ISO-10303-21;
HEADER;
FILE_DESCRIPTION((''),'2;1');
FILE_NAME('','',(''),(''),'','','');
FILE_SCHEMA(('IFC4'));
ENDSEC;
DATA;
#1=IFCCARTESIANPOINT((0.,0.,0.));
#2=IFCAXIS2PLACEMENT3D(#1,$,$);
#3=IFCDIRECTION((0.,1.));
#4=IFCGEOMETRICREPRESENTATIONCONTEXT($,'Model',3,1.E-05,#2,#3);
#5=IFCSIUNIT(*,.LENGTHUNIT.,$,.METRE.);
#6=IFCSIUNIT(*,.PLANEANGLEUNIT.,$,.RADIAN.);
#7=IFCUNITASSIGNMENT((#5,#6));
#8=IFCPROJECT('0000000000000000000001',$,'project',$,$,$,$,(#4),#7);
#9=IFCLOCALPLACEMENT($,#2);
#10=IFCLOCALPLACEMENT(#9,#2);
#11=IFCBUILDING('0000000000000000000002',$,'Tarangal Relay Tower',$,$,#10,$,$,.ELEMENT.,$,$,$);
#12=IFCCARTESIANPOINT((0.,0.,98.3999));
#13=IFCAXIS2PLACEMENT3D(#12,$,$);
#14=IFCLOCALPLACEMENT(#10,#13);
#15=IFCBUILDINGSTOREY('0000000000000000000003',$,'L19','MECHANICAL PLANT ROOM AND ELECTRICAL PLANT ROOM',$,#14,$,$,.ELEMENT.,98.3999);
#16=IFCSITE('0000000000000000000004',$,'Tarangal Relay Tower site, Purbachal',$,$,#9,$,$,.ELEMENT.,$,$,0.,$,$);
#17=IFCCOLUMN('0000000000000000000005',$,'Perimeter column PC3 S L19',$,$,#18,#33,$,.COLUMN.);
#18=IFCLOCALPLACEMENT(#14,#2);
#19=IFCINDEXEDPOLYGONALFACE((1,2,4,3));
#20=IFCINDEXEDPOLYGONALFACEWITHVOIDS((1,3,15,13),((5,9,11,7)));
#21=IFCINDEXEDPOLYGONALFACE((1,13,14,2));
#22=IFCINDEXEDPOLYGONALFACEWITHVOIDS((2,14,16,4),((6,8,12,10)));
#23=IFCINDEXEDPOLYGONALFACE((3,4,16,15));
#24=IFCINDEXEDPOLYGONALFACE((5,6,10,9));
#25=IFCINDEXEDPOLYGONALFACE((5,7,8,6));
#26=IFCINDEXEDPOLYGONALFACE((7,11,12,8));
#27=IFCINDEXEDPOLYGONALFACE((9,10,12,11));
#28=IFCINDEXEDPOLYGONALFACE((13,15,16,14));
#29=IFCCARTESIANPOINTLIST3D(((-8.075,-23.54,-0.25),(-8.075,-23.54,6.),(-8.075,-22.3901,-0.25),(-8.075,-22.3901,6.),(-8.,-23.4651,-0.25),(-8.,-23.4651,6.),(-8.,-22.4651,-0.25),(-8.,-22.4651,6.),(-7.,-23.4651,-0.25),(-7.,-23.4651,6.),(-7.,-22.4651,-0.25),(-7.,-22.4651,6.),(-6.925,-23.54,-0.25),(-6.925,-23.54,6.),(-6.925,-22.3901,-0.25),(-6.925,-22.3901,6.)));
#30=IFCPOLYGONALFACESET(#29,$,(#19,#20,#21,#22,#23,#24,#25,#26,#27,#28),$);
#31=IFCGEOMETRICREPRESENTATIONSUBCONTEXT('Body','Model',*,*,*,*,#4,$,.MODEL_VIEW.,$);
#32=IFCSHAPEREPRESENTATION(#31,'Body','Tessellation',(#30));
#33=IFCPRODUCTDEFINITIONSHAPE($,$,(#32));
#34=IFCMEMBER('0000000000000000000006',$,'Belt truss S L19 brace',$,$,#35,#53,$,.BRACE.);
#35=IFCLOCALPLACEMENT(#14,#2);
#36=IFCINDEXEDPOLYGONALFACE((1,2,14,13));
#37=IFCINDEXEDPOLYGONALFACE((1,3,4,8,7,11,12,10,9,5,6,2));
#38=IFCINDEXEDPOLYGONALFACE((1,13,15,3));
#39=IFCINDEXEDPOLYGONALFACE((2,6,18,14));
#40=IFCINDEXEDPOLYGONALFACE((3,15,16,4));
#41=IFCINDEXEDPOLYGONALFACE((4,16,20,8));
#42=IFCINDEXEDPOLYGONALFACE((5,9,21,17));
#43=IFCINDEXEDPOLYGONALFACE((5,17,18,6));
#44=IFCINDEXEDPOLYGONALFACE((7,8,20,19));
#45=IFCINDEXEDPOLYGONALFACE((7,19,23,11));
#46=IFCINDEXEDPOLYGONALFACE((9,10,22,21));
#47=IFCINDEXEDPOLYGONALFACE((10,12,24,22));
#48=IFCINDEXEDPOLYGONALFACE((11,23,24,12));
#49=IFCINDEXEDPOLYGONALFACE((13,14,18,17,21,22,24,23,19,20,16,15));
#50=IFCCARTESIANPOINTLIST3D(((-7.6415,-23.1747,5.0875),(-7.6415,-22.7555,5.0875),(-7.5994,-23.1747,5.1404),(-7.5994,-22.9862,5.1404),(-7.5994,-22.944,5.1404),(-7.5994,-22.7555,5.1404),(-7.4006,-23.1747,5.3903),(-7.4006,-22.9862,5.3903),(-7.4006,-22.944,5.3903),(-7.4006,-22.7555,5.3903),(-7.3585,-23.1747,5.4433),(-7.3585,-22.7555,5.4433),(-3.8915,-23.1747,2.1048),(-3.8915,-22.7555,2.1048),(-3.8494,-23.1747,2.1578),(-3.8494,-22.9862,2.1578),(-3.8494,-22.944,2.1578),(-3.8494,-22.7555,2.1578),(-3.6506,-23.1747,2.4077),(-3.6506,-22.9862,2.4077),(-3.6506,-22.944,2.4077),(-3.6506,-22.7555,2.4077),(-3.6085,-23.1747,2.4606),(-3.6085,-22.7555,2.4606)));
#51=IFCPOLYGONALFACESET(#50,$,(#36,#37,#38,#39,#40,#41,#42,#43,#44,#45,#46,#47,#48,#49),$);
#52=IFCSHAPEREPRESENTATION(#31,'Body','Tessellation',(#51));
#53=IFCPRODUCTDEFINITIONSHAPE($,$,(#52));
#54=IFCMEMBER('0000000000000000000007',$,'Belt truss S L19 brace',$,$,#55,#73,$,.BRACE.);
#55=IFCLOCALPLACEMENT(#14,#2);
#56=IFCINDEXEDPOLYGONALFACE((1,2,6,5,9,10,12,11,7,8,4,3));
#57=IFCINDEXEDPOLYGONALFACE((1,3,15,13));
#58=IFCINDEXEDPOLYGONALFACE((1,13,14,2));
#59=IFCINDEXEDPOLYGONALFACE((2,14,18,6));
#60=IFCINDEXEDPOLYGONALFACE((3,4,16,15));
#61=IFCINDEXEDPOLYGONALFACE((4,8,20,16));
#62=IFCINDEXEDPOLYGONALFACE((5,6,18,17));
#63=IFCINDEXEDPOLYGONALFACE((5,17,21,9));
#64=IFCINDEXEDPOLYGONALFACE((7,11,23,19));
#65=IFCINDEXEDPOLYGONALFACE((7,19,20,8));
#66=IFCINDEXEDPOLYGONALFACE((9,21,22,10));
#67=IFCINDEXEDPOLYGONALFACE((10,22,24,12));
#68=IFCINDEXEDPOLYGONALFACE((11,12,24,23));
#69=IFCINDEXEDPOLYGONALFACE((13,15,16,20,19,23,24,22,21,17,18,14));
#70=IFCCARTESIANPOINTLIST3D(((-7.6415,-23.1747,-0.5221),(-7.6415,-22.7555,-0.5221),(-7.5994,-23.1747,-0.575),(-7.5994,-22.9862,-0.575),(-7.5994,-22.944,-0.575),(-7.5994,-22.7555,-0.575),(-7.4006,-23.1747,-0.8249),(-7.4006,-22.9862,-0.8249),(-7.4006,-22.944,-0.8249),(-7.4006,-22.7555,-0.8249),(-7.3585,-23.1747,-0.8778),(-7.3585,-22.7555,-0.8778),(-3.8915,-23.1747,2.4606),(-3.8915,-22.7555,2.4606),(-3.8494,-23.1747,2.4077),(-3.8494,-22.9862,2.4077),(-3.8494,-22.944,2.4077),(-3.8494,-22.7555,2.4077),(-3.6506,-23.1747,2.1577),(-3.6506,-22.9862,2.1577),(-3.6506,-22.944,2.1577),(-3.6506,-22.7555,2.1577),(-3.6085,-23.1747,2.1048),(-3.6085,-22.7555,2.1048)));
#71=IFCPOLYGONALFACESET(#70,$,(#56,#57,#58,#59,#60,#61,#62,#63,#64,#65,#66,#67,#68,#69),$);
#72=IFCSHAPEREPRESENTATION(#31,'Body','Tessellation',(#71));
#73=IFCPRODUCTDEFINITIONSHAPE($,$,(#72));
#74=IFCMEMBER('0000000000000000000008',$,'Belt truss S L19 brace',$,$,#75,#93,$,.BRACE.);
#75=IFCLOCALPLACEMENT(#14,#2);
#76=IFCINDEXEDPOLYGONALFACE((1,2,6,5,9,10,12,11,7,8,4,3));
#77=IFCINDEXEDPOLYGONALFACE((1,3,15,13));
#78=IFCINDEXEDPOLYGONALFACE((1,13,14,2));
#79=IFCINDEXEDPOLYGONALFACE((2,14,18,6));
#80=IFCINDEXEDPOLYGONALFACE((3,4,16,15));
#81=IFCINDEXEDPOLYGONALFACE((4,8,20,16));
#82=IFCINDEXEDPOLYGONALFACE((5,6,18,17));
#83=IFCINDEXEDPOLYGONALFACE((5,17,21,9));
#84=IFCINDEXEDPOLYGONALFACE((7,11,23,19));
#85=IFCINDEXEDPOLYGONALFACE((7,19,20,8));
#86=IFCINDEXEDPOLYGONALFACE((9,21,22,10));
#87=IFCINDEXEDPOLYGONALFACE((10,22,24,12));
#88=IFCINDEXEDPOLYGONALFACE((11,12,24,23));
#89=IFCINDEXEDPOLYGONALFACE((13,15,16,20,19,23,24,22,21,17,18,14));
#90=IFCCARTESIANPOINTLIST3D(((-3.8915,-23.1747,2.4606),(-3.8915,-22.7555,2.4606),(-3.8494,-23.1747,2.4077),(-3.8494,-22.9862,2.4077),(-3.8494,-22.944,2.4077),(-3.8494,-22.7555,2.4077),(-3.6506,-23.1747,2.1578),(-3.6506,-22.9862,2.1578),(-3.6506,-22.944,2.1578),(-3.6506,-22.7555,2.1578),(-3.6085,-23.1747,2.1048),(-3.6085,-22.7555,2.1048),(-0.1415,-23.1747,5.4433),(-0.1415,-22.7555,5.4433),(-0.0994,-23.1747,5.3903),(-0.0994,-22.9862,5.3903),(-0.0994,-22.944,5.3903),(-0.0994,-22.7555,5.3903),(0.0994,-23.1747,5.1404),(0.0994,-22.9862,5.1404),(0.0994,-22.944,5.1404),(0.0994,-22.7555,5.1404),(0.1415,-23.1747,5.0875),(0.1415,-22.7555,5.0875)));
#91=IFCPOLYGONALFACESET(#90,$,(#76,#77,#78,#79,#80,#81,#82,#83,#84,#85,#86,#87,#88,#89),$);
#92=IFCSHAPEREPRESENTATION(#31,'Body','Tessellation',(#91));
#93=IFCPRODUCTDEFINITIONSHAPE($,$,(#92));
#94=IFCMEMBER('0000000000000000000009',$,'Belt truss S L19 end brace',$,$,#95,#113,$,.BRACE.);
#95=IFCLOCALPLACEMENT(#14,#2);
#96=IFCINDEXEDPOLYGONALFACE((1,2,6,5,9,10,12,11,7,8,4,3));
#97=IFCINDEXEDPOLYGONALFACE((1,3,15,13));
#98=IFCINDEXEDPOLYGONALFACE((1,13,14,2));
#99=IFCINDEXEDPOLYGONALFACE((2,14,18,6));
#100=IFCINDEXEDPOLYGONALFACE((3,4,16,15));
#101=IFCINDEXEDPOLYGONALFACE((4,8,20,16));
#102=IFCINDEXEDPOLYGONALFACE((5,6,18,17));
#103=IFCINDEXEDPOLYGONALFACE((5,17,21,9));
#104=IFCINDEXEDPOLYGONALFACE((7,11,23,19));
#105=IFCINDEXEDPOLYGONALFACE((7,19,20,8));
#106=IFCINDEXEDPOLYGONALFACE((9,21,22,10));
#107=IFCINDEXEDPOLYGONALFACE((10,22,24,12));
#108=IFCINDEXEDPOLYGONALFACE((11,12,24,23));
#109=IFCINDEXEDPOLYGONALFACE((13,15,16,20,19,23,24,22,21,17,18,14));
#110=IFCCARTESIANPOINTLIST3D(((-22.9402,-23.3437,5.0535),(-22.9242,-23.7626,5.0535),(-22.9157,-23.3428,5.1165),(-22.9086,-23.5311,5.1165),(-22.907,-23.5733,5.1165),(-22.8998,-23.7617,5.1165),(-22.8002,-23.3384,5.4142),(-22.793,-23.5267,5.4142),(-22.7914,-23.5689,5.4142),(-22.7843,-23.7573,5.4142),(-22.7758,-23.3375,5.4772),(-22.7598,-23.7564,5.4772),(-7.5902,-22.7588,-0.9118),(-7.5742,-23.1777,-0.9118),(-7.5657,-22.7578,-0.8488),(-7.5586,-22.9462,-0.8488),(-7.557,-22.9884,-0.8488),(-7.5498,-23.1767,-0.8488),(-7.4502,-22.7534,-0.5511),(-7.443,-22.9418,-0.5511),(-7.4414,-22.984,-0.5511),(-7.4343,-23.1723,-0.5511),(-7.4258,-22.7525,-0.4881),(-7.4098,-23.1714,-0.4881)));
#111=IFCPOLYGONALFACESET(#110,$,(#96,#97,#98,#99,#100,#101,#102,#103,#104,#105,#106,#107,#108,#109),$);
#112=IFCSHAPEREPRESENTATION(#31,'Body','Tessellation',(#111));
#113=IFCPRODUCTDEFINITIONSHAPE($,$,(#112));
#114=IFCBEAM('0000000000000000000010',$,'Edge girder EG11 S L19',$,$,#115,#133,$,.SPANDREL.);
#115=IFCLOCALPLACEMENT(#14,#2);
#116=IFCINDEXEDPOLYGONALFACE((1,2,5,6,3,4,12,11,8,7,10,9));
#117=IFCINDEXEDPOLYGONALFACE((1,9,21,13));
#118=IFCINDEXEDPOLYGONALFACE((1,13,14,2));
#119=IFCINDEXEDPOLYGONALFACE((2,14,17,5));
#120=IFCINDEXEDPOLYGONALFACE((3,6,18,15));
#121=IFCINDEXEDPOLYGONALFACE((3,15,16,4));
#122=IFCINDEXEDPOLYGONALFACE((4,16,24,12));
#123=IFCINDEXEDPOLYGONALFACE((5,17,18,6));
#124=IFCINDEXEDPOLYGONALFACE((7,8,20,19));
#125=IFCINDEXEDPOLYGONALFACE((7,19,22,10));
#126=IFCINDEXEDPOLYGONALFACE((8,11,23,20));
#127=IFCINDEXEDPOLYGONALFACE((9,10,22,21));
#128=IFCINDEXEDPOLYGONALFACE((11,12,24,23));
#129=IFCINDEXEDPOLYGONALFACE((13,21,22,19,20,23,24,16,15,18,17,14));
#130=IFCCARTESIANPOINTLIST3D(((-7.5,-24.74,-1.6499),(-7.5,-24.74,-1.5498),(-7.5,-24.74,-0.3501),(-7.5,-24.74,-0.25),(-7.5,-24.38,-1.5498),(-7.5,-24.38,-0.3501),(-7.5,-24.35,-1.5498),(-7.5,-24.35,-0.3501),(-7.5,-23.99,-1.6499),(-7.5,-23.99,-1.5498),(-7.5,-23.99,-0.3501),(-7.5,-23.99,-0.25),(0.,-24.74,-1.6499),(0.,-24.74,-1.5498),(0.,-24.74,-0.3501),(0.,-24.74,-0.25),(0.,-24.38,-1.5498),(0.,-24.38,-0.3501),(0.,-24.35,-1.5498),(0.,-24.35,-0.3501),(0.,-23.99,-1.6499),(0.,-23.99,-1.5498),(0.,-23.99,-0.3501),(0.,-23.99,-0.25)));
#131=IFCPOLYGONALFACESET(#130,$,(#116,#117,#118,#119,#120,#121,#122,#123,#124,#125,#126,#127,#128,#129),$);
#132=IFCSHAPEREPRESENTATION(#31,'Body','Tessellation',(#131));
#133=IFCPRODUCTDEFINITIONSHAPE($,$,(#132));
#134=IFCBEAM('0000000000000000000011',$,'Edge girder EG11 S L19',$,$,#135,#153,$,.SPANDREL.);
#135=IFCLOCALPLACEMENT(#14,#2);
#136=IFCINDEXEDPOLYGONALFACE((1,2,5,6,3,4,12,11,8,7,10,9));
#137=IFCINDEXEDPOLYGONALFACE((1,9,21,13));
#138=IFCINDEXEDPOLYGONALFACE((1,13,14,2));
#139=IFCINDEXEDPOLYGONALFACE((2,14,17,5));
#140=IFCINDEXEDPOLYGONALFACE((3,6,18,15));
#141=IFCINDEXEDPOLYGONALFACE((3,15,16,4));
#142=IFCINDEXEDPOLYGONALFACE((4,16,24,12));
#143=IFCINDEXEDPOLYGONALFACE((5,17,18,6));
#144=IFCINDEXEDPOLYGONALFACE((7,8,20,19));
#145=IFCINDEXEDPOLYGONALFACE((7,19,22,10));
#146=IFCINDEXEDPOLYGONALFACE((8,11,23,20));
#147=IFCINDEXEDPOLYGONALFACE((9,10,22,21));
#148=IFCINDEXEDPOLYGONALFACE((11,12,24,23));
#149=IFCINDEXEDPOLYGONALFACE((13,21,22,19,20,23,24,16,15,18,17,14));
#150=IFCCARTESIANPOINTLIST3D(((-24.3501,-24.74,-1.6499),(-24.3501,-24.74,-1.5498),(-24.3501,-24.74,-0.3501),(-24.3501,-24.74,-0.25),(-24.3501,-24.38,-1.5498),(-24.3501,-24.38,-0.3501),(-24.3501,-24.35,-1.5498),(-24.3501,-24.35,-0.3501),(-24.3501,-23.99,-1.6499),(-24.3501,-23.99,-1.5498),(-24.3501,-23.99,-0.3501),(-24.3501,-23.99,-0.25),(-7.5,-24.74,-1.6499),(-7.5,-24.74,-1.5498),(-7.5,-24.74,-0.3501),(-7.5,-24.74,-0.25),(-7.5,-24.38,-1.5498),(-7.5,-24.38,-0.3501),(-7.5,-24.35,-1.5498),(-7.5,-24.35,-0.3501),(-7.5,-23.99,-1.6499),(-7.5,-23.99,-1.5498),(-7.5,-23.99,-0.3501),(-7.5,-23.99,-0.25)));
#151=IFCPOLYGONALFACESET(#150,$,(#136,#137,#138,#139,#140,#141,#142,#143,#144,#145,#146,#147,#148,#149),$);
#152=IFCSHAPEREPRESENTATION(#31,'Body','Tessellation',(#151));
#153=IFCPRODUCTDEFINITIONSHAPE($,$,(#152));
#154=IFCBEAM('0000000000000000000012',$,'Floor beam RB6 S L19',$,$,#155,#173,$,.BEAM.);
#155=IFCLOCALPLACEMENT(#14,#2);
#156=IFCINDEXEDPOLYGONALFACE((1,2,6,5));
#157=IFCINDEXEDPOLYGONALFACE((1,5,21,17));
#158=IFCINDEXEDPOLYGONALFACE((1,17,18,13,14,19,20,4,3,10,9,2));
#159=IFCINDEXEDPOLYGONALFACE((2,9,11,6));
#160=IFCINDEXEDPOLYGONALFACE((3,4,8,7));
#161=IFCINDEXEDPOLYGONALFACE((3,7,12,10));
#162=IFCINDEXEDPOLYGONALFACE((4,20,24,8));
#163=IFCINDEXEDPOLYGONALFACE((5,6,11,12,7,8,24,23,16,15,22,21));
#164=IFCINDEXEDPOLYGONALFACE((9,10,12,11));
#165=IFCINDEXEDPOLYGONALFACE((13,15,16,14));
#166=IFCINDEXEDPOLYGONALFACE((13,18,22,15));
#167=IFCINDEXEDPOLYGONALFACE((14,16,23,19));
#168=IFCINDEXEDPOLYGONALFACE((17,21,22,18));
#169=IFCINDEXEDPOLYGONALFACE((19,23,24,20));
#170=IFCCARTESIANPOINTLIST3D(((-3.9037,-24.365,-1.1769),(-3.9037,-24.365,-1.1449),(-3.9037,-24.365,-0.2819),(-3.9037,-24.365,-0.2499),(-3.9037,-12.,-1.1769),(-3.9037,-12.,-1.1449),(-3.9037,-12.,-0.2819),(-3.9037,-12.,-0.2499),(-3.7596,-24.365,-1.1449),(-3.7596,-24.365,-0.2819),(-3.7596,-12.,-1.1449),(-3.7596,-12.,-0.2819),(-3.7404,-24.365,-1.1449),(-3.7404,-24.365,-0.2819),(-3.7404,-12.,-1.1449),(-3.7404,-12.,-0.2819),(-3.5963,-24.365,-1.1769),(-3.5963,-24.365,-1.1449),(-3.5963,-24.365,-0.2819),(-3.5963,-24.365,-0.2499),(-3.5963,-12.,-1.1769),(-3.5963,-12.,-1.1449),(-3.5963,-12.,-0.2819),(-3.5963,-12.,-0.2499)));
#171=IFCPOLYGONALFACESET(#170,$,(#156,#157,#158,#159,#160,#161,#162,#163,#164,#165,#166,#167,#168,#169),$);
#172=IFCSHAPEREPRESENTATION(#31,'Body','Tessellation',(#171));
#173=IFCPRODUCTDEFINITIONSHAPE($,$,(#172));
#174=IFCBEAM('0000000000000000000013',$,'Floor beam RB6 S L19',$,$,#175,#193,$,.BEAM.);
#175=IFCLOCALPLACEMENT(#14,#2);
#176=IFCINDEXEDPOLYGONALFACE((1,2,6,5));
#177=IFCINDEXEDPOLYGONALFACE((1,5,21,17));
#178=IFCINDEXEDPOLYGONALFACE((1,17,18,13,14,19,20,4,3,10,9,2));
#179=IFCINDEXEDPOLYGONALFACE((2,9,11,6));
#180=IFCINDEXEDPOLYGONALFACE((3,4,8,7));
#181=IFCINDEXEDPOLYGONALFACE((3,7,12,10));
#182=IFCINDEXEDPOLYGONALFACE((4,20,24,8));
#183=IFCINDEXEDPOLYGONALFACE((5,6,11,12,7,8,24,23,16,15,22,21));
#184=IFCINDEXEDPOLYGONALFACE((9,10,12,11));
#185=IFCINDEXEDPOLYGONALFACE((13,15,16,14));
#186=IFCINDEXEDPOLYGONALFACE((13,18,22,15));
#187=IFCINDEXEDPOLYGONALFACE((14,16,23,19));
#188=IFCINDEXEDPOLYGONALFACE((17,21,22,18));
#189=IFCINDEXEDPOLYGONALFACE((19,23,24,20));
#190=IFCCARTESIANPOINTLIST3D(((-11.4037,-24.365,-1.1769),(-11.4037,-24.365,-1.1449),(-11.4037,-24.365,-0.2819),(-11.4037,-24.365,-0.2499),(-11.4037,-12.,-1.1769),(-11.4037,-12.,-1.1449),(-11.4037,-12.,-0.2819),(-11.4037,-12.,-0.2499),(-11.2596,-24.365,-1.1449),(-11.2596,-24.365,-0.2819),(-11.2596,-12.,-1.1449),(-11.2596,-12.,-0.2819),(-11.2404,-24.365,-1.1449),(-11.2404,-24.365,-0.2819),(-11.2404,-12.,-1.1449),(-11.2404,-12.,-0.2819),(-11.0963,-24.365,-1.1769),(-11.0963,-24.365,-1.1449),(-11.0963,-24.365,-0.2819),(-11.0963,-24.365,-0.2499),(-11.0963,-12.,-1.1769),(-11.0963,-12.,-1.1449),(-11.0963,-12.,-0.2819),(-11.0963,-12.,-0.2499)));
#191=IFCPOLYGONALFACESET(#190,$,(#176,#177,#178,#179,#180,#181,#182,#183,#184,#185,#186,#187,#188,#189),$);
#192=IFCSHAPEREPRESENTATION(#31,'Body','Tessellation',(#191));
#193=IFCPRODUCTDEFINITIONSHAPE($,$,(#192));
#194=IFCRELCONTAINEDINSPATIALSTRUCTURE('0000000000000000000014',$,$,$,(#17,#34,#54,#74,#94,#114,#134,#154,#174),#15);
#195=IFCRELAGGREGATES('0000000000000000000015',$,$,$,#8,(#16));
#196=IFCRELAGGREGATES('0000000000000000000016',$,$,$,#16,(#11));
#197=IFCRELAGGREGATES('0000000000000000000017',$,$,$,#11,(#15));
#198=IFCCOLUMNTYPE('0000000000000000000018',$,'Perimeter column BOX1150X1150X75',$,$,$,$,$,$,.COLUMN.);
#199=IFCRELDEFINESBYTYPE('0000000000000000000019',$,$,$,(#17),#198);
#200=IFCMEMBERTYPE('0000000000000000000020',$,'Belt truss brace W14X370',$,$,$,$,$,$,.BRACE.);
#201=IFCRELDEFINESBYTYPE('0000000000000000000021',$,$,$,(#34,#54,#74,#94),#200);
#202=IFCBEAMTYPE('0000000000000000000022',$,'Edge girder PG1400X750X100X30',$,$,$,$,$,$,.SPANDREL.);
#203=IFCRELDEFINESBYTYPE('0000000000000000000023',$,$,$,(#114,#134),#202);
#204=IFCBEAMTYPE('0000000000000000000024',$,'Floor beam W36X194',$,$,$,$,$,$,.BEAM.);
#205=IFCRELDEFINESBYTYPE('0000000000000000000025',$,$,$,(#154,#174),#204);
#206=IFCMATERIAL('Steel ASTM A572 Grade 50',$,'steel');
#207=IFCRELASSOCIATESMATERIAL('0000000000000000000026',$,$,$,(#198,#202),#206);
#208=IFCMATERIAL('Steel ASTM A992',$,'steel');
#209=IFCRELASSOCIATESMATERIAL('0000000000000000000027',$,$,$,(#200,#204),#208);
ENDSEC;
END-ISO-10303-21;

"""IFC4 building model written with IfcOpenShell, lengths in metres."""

from ifc_helpers import new_model, si_unit, direction, frame, origin, origin_2d, place, context, subcontext, project, spatial, hollow_rectangle, i_section, extrude, material, material_profile, profile_set, type_object, element, save


model = new_model("IFC4")

# Units and contexts
model_context = context("Model", 3, precision=1e-05, world=origin(), true_north=direction((0.0, 1.0)))
body_context = subcontext(model_context, "Body", "Model", "MODEL_VIEW")
ifc_project = project(units=[si_unit("LENGTHUNIT", "METRE"), si_unit("PLANEANGLEUNIT", "RADIAN")], contexts=[model_context])

# Site, building, storey
site_placement = place(None, origin())
site = spatial("IfcSite", under=ifc_project, at=site_placement, Name="Tarangal Relay Tower site, Purbachal", CompositionType="ELEMENT", RefElevation=0.0)
building_placement = place(site_placement, origin())
building = spatial("IfcBuilding", under=site, at=building_placement, Name="Tarangal Relay Tower", CompositionType="ELEMENT")
storey_placement = place(building_placement, frame((0.0, 0.0, 98.3999)))
storey = spatial("IfcBuildingStorey", under=building, at=storey_placement, Name="L19", Description="MECHANICAL PLANT ROOM AND ELECTRICAL PLANT ROOM", CompositionType="ELEMENT", Elevation=98.3999)

# Column
ifc_material_1 = material(Name="Steel ASTM A572 Grade 50", Category="steel")
ifc_material_profile_1 = material_profile(ifc_material_1, hollow_rectangle(XDim=1.1499, YDim=1.1499, WallThickness=0.075, at=origin_2d()), Name="BOX1150X1150X75")
ifc_profile_set_1 = profile_set([ifc_material_profile_1], Name="Steel ASTM A572 Grade 50")
column_type = type_object("IfcColumnType", Name="Perimeter column BOX1150X1150X75", PredefinedType="COLUMN", material=ifc_profile_set_1)
column_placement = place(storey_placement, frame((-7.5, -22.9651, -0.25), z_axis=(0.0, 0.0, 1.0), x_axis=(1.0, 0.0, 0.0)))
element("IfcColumn", 1, at=column_placement, inside=storey, type_object=column_type, Name="Perimeter column PC3 S L19", PredefinedType="COLUMN", context=body_context, shape_type="SweptSolid", body=[
    extrude(hollow_rectangle(XDim=1.1499, YDim=1.1499, WallThickness=0.075, at=origin_2d()), origin(), (0.0, 0.0, 1.0), 6.25),
])

# Members
ifc_material_2 = material(Name="Steel ASTM A992", Category="steel")
ifc_material_profile_2 = material_profile(ifc_material_2, i_section(OverallWidth=0.4192, OverallDepth=0.4546, WebThickness=0.0422, FlangeThickness=0.0676, at=origin_2d()), Name="W14X370")
ifc_profile_set_2 = profile_set([ifc_material_profile_2], Name="Steel ASTM A992")
member_type_1 = type_object("IfcMemberType", Name="Belt truss brace W14X370", PredefinedType="BRACE", material=ifc_profile_set_2)
for number, where, z_axis, x_axis, name in (
    (2, (-3.75, -22.9651, 2.2827), (-0.78263, 0.0, 0.622487), (0.0, -1.0, 0.0), "Belt truss S L19 brace"),
    (3, (-7.5, -22.9651, -0.7), (0.78263, 0.0, 0.622487), (0.0, 1.0, 0.0), "Belt truss S L19 brace"),
    (4, (-3.75, -22.9651, 2.2827), (0.78263, 0.0, 0.622487), (0.0, 1.0, 0.0), "Belt truss S L19 brace"),
):
    element("IfcMember", number, at=place(storey_placement, frame(where, z_axis=z_axis, x_axis=x_axis)), inside=storey, type_object=member_type_1, Name=name, PredefinedType="BRACE", context=body_context, shape_type="SweptSolid", body=[
        extrude(i_section(OverallWidth=0.4192, OverallDepth=0.4546, WebThickness=0.0422, FlangeThickness=0.0676, at=origin_2d()), origin(), (0.0, 0.0, 1.0), 4.7915),
    ])
member_1_placement = place(storey_placement, frame((-7.5, -22.9651, -0.7), z_axis=(-0.931502, -0.035498, 0.361999), x_axis=(0.03808, -0.999275, 0.0)))
element("IfcMember", 5, at=member_1_placement, inside=storey, type_object=member_type_1, Name="Belt truss S L19 end brace", PredefinedType="BRACE", context=body_context, shape_type="SweptSolid", body=[
    extrude(i_section(OverallWidth=0.4192, OverallDepth=0.4546, WebThickness=0.0422, FlangeThickness=0.0676, at=origin_2d()), origin(), (0.0, 0.0, 1.0), 16.4788),
])

# Beams
ifc_material_profile_3 = material_profile(ifc_material_1, i_section(OverallWidth=0.75, OverallDepth=1.3999, WebThickness=0.03, FlangeThickness=0.1001, at=origin_2d()), Name="PG1400X750X100X30")
ifc_profile_set_3 = profile_set([ifc_material_profile_3], Name="Steel ASTM A572 Grade 50")
beam_type_1 = type_object("IfcBeamType", Name="Edge girder PG1400X750X100X30", PredefinedType="SPANDREL", material=ifc_profile_set_3)
beam_1_placement = place(storey_placement, frame((0.0, -24.365, -0.95), z_axis=(-1.0, 0.0, 0.0), x_axis=(0.0, -1.0, 0.0)))
element("IfcBeam", 6, at=beam_1_placement, inside=storey, type_object=beam_type_1, Name="Edge girder EG11 S L19", PredefinedType="SPANDREL", context=body_context, shape_type="SweptSolid", body=[
    extrude(i_section(OverallWidth=0.75, OverallDepth=1.3999, WebThickness=0.03, FlangeThickness=0.1001, at=origin_2d()), origin(), (0.0, 0.0, 1.0), 7.5),
])
beam_2_placement = place(storey_placement, frame((-7.5, -24.365, -0.95), z_axis=(-1.0, 0.0, 0.0), x_axis=(0.0, -1.0, 0.0)))
element("IfcBeam", 7, at=beam_2_placement, inside=storey, type_object=beam_type_1, Name="Edge girder EG11 S L19", PredefinedType="SPANDREL", context=body_context, shape_type="SweptSolid", body=[
    extrude(i_section(OverallWidth=0.75, OverallDepth=1.3999, WebThickness=0.03, FlangeThickness=0.1001, at=origin_2d()), origin(), (0.0, 0.0, 1.0), 16.8501),
])
ifc_material_profile_4 = material_profile(ifc_material_2, i_section(OverallWidth=0.3074, OverallDepth=0.927, WebThickness=0.0193, FlangeThickness=0.032, at=origin_2d()), Name="W36X194")
ifc_profile_set_4 = profile_set([ifc_material_profile_4], Name="Steel ASTM A992")
beam_type_2 = type_object("IfcBeamType", Name="Floor beam W36X194", PredefinedType="BEAM", material=ifc_profile_set_4)
for number, where, z_axis, x_axis, name in (
    (8, (-3.75, -12.0, -0.7134), (0.0, -1.0, 0.0), (1.0, 0.0, 0.0), "Floor beam RB6 S L19"),
    (9, (-11.25, -12.0, -0.7134), (0.0, -1.0, 0.0), (1.0, 0.0, 0.0), "Floor beam RB6 S L19"),
):
    element("IfcBeam", number, at=place(storey_placement, frame(where, z_axis=z_axis, x_axis=x_axis)), inside=storey, type_object=beam_type_2, Name=name, PredefinedType="BEAM", context=body_context, shape_type="SweptSolid", body=[
        extrude(i_section(OverallWidth=0.3074, OverallDepth=0.927, WebThickness=0.0193, FlangeThickness=0.032, at=origin_2d()), origin(), (0.0, 0.0, 1.0), 12.365),
    ])

save(model, "model.ifc")
